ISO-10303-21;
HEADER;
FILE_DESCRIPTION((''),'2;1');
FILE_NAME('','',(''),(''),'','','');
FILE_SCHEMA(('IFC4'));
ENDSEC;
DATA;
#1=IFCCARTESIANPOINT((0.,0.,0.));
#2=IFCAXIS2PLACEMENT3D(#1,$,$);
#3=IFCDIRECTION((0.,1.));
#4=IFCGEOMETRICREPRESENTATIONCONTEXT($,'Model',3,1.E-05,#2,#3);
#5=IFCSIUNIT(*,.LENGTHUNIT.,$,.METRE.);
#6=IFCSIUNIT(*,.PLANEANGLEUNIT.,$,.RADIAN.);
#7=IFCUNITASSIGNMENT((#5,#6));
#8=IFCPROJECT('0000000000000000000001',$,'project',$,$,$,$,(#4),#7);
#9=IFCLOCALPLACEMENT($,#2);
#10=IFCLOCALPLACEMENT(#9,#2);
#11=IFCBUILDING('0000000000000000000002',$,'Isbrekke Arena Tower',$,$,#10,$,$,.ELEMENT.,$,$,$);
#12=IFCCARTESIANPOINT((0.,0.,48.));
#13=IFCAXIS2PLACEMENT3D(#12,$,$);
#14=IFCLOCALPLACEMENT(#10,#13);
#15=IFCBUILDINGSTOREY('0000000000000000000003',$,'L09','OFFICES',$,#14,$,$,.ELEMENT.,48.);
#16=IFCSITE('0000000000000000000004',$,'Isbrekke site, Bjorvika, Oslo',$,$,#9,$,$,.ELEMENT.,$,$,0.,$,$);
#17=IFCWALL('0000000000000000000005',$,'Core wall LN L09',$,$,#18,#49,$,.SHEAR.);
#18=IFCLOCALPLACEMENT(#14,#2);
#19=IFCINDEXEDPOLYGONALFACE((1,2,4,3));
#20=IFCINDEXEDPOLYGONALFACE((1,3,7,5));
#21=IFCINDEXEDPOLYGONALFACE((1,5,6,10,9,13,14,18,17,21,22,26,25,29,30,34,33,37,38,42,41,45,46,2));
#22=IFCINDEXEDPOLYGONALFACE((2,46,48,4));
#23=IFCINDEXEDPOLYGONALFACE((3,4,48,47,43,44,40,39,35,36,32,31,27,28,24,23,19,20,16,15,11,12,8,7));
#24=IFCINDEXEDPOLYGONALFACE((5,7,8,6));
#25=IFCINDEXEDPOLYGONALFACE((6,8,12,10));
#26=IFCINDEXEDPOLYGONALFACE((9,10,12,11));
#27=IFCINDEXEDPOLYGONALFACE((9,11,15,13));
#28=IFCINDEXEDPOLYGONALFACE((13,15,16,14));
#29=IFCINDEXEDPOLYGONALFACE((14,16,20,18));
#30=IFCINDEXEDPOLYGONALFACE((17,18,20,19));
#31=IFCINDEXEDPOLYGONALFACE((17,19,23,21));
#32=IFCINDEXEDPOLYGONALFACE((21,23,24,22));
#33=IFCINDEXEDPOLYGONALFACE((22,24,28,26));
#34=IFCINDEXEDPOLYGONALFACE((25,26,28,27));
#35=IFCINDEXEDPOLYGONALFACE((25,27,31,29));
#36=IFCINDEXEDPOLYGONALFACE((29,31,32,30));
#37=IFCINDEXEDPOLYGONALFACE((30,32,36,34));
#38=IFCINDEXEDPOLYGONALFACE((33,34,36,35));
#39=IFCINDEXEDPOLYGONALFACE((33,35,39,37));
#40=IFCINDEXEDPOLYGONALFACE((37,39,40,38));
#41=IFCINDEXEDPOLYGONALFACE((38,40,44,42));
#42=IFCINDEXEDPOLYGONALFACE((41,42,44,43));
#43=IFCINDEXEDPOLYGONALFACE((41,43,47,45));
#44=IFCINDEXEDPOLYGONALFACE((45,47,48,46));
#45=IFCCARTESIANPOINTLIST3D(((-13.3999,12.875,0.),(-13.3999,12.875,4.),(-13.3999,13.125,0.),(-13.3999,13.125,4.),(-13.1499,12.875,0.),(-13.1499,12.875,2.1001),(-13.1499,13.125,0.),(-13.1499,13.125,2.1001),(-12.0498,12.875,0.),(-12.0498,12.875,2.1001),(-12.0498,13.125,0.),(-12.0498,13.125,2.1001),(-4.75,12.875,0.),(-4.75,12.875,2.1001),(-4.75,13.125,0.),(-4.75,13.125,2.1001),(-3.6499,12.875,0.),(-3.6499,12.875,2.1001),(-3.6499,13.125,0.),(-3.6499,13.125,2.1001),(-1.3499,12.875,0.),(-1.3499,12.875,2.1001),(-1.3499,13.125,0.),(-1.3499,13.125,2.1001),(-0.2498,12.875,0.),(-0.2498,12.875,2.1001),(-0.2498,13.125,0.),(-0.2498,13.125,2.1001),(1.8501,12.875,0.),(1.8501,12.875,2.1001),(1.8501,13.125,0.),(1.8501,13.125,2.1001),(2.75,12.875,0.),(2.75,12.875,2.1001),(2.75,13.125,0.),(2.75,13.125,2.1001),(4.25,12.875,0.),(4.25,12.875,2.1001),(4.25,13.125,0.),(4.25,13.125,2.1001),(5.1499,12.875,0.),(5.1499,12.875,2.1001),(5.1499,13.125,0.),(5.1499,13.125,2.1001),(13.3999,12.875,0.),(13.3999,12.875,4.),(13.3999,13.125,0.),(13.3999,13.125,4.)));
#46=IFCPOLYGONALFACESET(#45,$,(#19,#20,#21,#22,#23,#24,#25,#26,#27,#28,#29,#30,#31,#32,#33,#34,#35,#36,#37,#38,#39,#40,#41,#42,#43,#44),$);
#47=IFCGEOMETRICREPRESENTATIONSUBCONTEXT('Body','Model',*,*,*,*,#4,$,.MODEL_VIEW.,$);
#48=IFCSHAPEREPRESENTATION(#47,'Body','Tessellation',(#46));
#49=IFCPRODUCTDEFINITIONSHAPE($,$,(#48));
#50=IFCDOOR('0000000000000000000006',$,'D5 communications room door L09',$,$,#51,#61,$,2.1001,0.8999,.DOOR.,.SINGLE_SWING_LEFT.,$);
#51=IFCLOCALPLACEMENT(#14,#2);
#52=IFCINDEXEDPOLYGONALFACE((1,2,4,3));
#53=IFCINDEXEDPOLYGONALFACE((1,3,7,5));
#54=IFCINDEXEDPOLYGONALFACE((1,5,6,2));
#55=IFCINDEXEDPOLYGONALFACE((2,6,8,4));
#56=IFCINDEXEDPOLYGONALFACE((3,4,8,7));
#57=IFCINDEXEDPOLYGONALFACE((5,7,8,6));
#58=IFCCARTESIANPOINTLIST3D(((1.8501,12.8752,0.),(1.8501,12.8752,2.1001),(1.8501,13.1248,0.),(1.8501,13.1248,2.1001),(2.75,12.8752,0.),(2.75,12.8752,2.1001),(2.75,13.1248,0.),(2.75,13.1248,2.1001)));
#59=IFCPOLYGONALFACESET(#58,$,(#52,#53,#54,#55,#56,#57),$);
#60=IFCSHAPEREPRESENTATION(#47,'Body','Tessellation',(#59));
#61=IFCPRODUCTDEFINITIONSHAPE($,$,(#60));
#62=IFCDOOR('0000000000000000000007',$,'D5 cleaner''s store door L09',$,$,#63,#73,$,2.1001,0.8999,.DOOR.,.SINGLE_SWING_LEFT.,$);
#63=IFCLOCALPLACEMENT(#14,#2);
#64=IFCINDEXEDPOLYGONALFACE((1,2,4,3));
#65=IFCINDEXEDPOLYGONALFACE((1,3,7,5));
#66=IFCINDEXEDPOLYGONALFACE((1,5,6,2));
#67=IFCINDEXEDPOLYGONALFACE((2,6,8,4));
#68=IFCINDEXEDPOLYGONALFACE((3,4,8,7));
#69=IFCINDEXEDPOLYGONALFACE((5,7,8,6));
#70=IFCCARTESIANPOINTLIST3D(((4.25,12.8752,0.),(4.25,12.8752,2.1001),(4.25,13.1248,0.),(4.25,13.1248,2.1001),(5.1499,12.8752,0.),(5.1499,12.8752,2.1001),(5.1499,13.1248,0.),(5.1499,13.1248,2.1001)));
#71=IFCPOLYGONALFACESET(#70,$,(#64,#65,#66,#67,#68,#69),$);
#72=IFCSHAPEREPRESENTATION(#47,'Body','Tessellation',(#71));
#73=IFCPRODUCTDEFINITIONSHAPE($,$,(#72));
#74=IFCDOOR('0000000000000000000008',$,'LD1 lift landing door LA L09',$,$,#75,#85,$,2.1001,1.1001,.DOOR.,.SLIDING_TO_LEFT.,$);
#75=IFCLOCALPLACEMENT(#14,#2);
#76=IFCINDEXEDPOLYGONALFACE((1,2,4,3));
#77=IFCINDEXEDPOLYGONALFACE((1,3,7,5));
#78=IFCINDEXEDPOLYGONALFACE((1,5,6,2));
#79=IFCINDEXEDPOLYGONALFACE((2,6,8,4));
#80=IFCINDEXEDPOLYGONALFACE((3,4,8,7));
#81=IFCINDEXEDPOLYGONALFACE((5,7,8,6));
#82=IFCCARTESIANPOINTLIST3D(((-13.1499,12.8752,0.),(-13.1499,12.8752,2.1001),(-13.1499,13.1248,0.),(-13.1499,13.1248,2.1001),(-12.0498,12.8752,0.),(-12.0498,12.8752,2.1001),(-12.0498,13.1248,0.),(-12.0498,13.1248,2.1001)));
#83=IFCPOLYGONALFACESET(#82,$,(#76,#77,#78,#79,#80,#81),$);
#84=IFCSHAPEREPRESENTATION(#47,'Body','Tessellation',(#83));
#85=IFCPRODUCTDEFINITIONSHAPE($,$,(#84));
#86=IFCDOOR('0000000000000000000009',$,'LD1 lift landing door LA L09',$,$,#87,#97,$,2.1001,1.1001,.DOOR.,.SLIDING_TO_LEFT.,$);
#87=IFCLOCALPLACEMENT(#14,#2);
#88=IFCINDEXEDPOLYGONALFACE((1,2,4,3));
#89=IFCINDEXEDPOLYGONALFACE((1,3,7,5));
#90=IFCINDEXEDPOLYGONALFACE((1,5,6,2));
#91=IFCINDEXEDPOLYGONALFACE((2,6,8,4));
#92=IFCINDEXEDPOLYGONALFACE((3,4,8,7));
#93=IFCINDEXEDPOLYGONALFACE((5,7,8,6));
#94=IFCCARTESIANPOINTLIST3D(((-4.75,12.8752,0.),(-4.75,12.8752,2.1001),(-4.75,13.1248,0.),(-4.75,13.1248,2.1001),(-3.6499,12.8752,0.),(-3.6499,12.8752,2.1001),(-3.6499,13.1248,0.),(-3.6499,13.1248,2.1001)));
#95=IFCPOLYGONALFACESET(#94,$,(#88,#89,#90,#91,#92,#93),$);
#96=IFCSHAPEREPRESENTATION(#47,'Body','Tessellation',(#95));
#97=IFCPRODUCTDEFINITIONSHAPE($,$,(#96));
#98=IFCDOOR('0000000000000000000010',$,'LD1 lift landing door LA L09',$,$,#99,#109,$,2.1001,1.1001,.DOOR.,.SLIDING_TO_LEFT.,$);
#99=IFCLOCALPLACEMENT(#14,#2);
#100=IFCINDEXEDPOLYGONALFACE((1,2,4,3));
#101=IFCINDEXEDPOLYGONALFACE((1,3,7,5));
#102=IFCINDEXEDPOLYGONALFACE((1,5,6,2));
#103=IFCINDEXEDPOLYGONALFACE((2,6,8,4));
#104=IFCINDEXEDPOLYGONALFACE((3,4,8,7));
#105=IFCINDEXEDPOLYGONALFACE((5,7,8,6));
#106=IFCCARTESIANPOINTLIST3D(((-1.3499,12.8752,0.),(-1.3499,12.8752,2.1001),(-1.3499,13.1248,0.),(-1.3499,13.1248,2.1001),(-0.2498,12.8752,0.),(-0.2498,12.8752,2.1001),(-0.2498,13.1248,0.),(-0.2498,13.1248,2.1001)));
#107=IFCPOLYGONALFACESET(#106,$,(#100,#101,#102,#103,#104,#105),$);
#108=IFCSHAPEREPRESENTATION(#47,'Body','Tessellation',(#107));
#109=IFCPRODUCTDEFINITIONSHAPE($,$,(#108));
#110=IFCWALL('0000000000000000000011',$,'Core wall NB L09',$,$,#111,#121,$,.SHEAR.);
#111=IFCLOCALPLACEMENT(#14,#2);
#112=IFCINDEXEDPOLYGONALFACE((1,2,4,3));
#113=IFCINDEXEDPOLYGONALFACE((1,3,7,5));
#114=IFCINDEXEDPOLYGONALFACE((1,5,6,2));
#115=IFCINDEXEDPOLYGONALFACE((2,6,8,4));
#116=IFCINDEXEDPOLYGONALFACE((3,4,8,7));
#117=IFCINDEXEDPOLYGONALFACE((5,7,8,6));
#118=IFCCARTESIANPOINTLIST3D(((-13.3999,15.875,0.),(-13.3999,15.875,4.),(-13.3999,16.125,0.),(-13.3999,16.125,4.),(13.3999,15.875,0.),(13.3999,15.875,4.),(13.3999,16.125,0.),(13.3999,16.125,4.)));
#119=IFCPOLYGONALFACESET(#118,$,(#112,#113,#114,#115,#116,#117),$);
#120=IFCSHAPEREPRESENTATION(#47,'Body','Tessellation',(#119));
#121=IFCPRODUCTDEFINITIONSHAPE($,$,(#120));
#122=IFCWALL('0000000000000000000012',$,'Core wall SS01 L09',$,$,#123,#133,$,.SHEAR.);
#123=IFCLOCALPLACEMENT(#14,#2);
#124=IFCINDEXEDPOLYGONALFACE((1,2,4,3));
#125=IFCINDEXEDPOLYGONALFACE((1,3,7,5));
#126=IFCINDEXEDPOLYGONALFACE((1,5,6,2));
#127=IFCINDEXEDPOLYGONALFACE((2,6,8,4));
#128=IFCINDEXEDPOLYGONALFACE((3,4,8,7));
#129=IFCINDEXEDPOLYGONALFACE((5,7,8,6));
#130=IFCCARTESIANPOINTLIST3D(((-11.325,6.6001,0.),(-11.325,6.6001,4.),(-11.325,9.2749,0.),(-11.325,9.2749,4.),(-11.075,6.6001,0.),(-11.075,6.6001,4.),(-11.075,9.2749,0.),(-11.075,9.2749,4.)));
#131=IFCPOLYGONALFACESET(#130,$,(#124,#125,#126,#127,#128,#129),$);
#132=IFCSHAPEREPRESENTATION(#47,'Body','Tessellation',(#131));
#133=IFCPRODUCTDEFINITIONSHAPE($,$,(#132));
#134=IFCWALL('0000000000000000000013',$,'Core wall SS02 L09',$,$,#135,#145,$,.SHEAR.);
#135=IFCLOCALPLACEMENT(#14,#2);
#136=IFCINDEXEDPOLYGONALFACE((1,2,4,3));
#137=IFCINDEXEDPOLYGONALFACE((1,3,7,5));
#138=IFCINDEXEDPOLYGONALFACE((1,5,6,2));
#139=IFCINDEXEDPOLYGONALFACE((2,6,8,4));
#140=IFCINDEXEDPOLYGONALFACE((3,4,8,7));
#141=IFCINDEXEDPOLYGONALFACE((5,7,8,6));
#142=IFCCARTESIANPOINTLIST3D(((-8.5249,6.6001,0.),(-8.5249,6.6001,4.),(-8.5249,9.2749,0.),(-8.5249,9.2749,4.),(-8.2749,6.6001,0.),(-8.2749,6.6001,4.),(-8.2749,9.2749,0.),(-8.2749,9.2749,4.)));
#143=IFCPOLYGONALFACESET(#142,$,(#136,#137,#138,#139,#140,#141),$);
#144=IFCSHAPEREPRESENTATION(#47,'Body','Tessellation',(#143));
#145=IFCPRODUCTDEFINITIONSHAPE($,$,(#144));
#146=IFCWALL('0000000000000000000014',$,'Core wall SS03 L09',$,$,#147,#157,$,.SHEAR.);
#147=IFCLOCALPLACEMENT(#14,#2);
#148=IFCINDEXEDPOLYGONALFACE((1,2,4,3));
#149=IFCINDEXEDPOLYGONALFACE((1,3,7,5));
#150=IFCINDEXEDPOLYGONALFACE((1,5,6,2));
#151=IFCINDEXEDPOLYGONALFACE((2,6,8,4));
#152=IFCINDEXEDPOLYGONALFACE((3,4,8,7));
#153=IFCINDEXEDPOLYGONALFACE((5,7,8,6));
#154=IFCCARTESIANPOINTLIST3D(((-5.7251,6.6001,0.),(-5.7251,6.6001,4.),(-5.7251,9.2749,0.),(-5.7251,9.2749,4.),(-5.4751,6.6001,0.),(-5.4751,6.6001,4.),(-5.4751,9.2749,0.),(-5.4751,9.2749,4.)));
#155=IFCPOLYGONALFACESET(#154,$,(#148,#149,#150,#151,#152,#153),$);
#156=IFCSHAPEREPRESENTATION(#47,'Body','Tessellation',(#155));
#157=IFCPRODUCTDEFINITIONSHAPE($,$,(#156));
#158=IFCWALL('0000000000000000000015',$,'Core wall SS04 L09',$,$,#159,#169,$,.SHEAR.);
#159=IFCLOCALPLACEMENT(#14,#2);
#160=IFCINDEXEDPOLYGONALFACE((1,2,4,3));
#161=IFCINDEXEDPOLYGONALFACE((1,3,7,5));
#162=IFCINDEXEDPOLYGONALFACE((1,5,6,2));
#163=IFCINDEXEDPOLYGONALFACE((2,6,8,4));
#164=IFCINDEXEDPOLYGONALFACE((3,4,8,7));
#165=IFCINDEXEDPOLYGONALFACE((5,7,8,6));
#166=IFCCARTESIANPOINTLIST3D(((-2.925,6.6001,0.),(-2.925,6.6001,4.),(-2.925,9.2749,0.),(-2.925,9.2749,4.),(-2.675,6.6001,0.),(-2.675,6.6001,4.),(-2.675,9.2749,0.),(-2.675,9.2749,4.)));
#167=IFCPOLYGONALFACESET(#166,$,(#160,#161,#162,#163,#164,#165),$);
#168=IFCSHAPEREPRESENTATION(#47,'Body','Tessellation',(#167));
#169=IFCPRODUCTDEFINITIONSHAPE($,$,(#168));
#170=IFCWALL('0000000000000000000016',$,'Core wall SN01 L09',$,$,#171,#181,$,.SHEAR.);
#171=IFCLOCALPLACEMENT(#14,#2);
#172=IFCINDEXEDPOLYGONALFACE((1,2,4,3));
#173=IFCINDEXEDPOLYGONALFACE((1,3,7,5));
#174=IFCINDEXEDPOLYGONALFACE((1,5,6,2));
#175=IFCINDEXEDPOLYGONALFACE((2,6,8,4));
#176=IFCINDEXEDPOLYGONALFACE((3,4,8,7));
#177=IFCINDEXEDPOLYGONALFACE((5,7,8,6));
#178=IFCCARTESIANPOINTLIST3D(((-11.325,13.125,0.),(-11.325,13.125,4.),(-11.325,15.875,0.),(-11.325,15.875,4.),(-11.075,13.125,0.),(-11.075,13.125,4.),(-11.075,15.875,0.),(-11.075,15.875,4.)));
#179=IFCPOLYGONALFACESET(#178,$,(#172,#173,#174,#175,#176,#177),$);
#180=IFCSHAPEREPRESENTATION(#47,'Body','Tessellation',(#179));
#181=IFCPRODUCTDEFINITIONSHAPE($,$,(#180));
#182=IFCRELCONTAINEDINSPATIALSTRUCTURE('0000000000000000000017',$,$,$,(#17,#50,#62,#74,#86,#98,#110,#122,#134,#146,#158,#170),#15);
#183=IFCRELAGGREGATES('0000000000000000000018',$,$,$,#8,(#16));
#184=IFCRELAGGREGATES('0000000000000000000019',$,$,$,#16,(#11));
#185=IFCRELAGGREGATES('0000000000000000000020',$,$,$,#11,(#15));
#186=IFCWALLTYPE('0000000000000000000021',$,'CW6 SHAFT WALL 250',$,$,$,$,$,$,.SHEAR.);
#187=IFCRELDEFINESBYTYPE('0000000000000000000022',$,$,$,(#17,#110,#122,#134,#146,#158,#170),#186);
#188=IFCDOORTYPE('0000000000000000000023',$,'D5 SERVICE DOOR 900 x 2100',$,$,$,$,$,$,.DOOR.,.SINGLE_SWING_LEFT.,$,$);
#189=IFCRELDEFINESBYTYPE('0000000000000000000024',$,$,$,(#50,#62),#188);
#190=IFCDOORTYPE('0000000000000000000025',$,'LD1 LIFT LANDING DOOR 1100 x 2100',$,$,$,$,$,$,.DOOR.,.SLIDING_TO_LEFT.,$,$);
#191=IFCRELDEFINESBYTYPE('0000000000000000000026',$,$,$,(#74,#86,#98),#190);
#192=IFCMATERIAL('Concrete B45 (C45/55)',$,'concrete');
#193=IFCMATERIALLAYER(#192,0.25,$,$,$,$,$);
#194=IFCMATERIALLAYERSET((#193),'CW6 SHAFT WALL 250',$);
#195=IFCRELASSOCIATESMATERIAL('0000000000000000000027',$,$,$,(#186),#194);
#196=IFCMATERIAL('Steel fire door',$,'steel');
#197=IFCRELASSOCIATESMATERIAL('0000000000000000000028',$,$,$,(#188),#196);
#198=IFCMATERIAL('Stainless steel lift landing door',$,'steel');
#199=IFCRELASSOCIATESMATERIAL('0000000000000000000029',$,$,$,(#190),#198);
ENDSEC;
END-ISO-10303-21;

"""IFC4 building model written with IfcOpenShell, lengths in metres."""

from ifc_helpers import new_model, si_unit, direction, frame, frame_2d, origin, place, context, subcontext, project, spatial, rectangle, extrude, material, layer, layer_set, type_object, element, fill, save


model = new_model("IFC4")

# Units and contexts
model_context = context("Model", 3, precision=1e-05, world=origin(), true_north=direction((0.0, 1.0)))
body_context = subcontext(model_context, "Body", "Model", "MODEL_VIEW")
ifc_project = project(units=[si_unit("LENGTHUNIT", "METRE"), si_unit("PLANEANGLEUNIT", "RADIAN")], contexts=[model_context])

# Site, building, storey
site_placement = place(None, origin())
site = spatial("IfcSite", under=ifc_project, at=site_placement, Name="Isbrekke site, Bjorvika, Oslo", CompositionType="ELEMENT", RefElevation=0.0)
building_placement = place(site_placement, origin())
building = spatial("IfcBuilding", under=site, at=building_placement, Name="Isbrekke Arena Tower", CompositionType="ELEMENT")
storey_placement = place(building_placement, frame((0.0, 0.0, 48.0)))
storey = spatial("IfcBuildingStorey", under=building, at=storey_placement, Name="L09", Description="OFFICES", CompositionType="ELEMENT", Elevation=48.0)

# Wall, openings, doors
ifc_material_1 = material(Name="Concrete B45 (C45/55)", Category="concrete")
ifc_layer_1 = layer(ifc_material_1, 0.25)
ifc_layer_set_1 = layer_set([ifc_layer_1], Name="CW6 SHAFT WALL 250")
wall_type_1 = type_object("IfcWallType", Name="CW6 SHAFT WALL 250", PredefinedType="SHEAR", material=ifc_layer_set_1)
wall_1_placement = place(storey_placement, frame((-13.3999, 13.0, 0.0), z_axis=(0.0, 0.0, 1.0), x_axis=(1.0, 0.0, 0.0)))
wall_1 = element("IfcWall", 1, at=wall_1_placement, inside=storey, type_object=wall_type_1, Name="Core wall LN L09", PredefinedType="SHEAR", context=body_context, shape_type="SweptSolid", body=[
    extrude(rectangle(XDim=26.7998, YDim=0.25, at=frame_2d((13.3999, 0.0))), origin(), (0.0, 0.0, 1.0), 4.0),
])
opening_1_placement = place(wall_1_placement, frame((0.25, 0.0, 0.0)))
opening_1 = element("IfcOpeningElement", 2, at=opening_1_placement, cuts=wall_1, PredefinedType="OPENING", context=body_context, shape_type="SweptSolid", body=[
    extrude(rectangle(XDim=1.1001, YDim=2.1001, at=frame_2d((0.55, 1.05))), frame((0.0, 0.1399, 0.0), z_axis=(0.0, -1.0, 0.0), x_axis=(1.0, 0.0, 0.0)), (0.0, 0.0, 1.0), 0.2798),
])
opening_2_placement = place(wall_1_placement, frame((8.6499, 0.0, 0.0)))
opening_2 = element("IfcOpeningElement", 3, at=opening_2_placement, cuts=wall_1, PredefinedType="OPENING", context=body_context, shape_type="SweptSolid", body=[
    extrude(rectangle(XDim=1.1001, YDim=2.1001, at=frame_2d((0.55, 1.05))), frame((0.0, 0.1399, 0.0), z_axis=(0.0, -1.0, 0.0), x_axis=(1.0, 0.0, 0.0)), (0.0, 0.0, 1.0), 0.2798),
])
opening_3_placement = place(wall_1_placement, frame((12.05, 0.0, 0.0)))
opening_3 = element("IfcOpeningElement", 4, at=opening_3_placement, cuts=wall_1, PredefinedType="OPENING", context=body_context, shape_type="SweptSolid", body=[
    extrude(rectangle(XDim=1.1001, YDim=2.1001, at=frame_2d((0.55, 1.05))), frame((0.0, 0.1399, 0.0), z_axis=(0.0, -1.0, 0.0), x_axis=(1.0, 0.0, 0.0)), (0.0, 0.0, 1.0), 0.2798),
])
opening_4_placement = place(wall_1_placement, frame((15.25, 0.0, 0.0)))
opening_4 = element("IfcOpeningElement", 5, at=opening_4_placement, cuts=wall_1, PredefinedType="OPENING", context=body_context, shape_type="SweptSolid", body=[
    extrude(rectangle(XDim=0.8999, YDim=2.1001, at=frame_2d((0.45, 1.05))), frame((0.0, 0.1399, 0.0), z_axis=(0.0, -1.0, 0.0), x_axis=(1.0, 0.0, 0.0)), (0.0, 0.0, 1.0), 0.2798),
])
opening_5_placement = place(wall_1_placement, frame((17.6499, 0.0, 0.0)))
opening_5 = element("IfcOpeningElement", 6, at=opening_5_placement, cuts=wall_1, PredefinedType="OPENING", context=body_context, shape_type="SweptSolid", body=[
    extrude(rectangle(XDim=0.8999, YDim=2.1001, at=frame_2d((0.45, 1.05))), frame((0.0, 0.1399, 0.0), z_axis=(0.0, -1.0, 0.0), x_axis=(1.0, 0.0, 0.0)), (0.0, 0.0, 1.0), 0.2798),
])
ifc_material_2 = material(Name="Steel fire door", Category="steel")
door_type_1 = type_object("IfcDoorType", Name="D5 SERVICE DOOR 900 x 2100", OperationType="SINGLE_SWING_LEFT", PredefinedType="DOOR", material=ifc_material_2)
door_1_placement = place(opening_4_placement, origin())
door_1 = element("IfcDoor", 7, at=door_1_placement, inside=storey, type_object=door_type_1, Name="D5 communications room door L09", OperationType="SINGLE_SWING_LEFT", OverallHeight=2.1001, OverallWidth=0.8999, PredefinedType="DOOR", context=body_context, shape_type="SweptSolid", body=[
    extrude(rectangle(XDim=0.8999, YDim=2.1001, at=frame_2d((0.45, 1.05))), frame((0.0, 0.1248, 0.0), z_axis=(0.0, -1.0, 0.0), x_axis=(1.0, 0.0, 0.0)), (0.0, 0.0, 1.0), 0.2495),
])
fill(opening_4, door_1)
door_2_placement = place(opening_5_placement, origin())
door_2 = element("IfcDoor", 8, at=door_2_placement, inside=storey, type_object=door_type_1, Name="D5 cleaner's store door L09", OperationType="SINGLE_SWING_LEFT", OverallHeight=2.1001, OverallWidth=0.8999, PredefinedType="DOOR", context=body_context, shape_type="SweptSolid", body=[
    extrude(rectangle(XDim=0.8999, YDim=2.1001, at=frame_2d((0.45, 1.05))), frame((0.0, 0.1248, 0.0), z_axis=(0.0, -1.0, 0.0), x_axis=(1.0, 0.0, 0.0)), (0.0, 0.0, 1.0), 0.2495),
])
fill(opening_5, door_2)
ifc_material_3 = material(Name="Stainless steel lift landing door", Category="steel")
door_type_2 = type_object("IfcDoorType", Name="LD1 LIFT LANDING DOOR 1100 x 2100", OperationType="SLIDING_TO_LEFT", PredefinedType="DOOR", material=ifc_material_3)
door_3_placement = place(opening_1_placement, origin())
door_3 = element("IfcDoor", 9, at=door_3_placement, inside=storey, type_object=door_type_2, Name="LD1 lift landing door LA L09", OperationType="SLIDING_TO_LEFT", OverallHeight=2.1001, OverallWidth=1.1001, PredefinedType="DOOR", context=body_context, shape_type="SweptSolid", body=[
    extrude(rectangle(XDim=1.1001, YDim=2.1001, at=frame_2d((0.55, 1.05))), frame((0.0, 0.1248, 0.0), z_axis=(0.0, -1.0, 0.0), x_axis=(1.0, 0.0, 0.0)), (0.0, 0.0, 1.0), 0.2495),
])
fill(opening_1, door_3)
door_4_placement = place(opening_2_placement, origin())
door_4 = element("IfcDoor", 10, at=door_4_placement, inside=storey, type_object=door_type_2, Name="LD1 lift landing door LA L09", OperationType="SLIDING_TO_LEFT", OverallHeight=2.1001, OverallWidth=1.1001, PredefinedType="DOOR", context=body_context, shape_type="SweptSolid", body=[
    extrude(rectangle(XDim=1.1001, YDim=2.1001, at=frame_2d((0.55, 1.05))), frame((0.0, 0.1248, 0.0), z_axis=(0.0, -1.0, 0.0), x_axis=(1.0, 0.0, 0.0)), (0.0, 0.0, 1.0), 0.2495),
])
fill(opening_2, door_4)
door_5_placement = place(opening_3_placement, origin())
door_5 = element("IfcDoor", 11, at=door_5_placement, inside=storey, type_object=door_type_2, Name="LD1 lift landing door LA L09", OperationType="SLIDING_TO_LEFT", OverallHeight=2.1001, OverallWidth=1.1001, PredefinedType="DOOR", context=body_context, shape_type="SweptSolid", body=[
    extrude(rectangle(XDim=1.1001, YDim=2.1001, at=frame_2d((0.55, 1.05))), frame((0.0, 0.1248, 0.0), z_axis=(0.0, -1.0, 0.0), x_axis=(1.0, 0.0, 0.0)), (0.0, 0.0, 1.0), 0.2495),
])
fill(opening_3, door_5)

# Walls
wall_2_placement = place(storey_placement, frame((-13.3999, 16.0, 0.0), z_axis=(0.0, 0.0, 1.0), x_axis=(1.0, 0.0, 0.0)))
element("IfcWall", 12, at=wall_2_placement, inside=storey, type_object=wall_type_1, Name="Core wall NB L09", PredefinedType="SHEAR", context=body_context, shape_type="SweptSolid", body=[
    extrude(rectangle(XDim=26.7998, YDim=0.25, at=frame_2d((13.3999, 0.0))), origin(), (0.0, 0.0, 1.0), 4.0),
])
for number, where, z_axis, x_axis, name in (
    (13, (-11.2, 6.6001, 0.0), (0.0, 0.0, 1.0), (0.0, 1.0, 0.0), "Core wall SS01 L09"),
    (14, (-8.3999, 6.6001, 0.0), (0.0, 0.0, 1.0), (0.0, 1.0, 0.0), "Core wall SS02 L09"),
    (15, (-5.6001, 6.6001, 0.0), (0.0, 0.0, 1.0), (0.0, 1.0, 0.0), "Core wall SS03 L09"),
    (16, (-2.8, 6.6001, 0.0), (0.0, 0.0, 1.0), (0.0, 1.0, 0.0), "Core wall SS04 L09"),
):
    element("IfcWall", number, at=place(storey_placement, frame(where, z_axis=z_axis, x_axis=x_axis)), inside=storey, type_object=wall_type_1, Name=name, PredefinedType="SHEAR", context=body_context, shape_type="SweptSolid", body=[
        extrude(rectangle(XDim=2.6748, YDim=0.25, at=frame_2d((1.3374, 0.0))), origin(), (0.0, 0.0, 1.0), 4.0),
    ])
for number, where, z_axis, x_axis, name in (
    (17, (-11.2, 13.125, 0.0), (0.0, 0.0, 1.0), (0.0, 1.0, 0.0), "Core wall SN01 L09"),
):
    element("IfcWall", number, at=place(storey_placement, frame(where, z_axis=z_axis, x_axis=x_axis)), inside=storey, type_object=wall_type_1, Name=name, PredefinedType="SHEAR", context=body_context, shape_type="SweptSolid", body=[
        extrude(rectangle(XDim=2.75, YDim=0.25, at=frame_2d((1.375, 0.0))), origin(), (0.0, 0.0, 1.0), 4.0),
    ])

save(model, "model.ifc")
